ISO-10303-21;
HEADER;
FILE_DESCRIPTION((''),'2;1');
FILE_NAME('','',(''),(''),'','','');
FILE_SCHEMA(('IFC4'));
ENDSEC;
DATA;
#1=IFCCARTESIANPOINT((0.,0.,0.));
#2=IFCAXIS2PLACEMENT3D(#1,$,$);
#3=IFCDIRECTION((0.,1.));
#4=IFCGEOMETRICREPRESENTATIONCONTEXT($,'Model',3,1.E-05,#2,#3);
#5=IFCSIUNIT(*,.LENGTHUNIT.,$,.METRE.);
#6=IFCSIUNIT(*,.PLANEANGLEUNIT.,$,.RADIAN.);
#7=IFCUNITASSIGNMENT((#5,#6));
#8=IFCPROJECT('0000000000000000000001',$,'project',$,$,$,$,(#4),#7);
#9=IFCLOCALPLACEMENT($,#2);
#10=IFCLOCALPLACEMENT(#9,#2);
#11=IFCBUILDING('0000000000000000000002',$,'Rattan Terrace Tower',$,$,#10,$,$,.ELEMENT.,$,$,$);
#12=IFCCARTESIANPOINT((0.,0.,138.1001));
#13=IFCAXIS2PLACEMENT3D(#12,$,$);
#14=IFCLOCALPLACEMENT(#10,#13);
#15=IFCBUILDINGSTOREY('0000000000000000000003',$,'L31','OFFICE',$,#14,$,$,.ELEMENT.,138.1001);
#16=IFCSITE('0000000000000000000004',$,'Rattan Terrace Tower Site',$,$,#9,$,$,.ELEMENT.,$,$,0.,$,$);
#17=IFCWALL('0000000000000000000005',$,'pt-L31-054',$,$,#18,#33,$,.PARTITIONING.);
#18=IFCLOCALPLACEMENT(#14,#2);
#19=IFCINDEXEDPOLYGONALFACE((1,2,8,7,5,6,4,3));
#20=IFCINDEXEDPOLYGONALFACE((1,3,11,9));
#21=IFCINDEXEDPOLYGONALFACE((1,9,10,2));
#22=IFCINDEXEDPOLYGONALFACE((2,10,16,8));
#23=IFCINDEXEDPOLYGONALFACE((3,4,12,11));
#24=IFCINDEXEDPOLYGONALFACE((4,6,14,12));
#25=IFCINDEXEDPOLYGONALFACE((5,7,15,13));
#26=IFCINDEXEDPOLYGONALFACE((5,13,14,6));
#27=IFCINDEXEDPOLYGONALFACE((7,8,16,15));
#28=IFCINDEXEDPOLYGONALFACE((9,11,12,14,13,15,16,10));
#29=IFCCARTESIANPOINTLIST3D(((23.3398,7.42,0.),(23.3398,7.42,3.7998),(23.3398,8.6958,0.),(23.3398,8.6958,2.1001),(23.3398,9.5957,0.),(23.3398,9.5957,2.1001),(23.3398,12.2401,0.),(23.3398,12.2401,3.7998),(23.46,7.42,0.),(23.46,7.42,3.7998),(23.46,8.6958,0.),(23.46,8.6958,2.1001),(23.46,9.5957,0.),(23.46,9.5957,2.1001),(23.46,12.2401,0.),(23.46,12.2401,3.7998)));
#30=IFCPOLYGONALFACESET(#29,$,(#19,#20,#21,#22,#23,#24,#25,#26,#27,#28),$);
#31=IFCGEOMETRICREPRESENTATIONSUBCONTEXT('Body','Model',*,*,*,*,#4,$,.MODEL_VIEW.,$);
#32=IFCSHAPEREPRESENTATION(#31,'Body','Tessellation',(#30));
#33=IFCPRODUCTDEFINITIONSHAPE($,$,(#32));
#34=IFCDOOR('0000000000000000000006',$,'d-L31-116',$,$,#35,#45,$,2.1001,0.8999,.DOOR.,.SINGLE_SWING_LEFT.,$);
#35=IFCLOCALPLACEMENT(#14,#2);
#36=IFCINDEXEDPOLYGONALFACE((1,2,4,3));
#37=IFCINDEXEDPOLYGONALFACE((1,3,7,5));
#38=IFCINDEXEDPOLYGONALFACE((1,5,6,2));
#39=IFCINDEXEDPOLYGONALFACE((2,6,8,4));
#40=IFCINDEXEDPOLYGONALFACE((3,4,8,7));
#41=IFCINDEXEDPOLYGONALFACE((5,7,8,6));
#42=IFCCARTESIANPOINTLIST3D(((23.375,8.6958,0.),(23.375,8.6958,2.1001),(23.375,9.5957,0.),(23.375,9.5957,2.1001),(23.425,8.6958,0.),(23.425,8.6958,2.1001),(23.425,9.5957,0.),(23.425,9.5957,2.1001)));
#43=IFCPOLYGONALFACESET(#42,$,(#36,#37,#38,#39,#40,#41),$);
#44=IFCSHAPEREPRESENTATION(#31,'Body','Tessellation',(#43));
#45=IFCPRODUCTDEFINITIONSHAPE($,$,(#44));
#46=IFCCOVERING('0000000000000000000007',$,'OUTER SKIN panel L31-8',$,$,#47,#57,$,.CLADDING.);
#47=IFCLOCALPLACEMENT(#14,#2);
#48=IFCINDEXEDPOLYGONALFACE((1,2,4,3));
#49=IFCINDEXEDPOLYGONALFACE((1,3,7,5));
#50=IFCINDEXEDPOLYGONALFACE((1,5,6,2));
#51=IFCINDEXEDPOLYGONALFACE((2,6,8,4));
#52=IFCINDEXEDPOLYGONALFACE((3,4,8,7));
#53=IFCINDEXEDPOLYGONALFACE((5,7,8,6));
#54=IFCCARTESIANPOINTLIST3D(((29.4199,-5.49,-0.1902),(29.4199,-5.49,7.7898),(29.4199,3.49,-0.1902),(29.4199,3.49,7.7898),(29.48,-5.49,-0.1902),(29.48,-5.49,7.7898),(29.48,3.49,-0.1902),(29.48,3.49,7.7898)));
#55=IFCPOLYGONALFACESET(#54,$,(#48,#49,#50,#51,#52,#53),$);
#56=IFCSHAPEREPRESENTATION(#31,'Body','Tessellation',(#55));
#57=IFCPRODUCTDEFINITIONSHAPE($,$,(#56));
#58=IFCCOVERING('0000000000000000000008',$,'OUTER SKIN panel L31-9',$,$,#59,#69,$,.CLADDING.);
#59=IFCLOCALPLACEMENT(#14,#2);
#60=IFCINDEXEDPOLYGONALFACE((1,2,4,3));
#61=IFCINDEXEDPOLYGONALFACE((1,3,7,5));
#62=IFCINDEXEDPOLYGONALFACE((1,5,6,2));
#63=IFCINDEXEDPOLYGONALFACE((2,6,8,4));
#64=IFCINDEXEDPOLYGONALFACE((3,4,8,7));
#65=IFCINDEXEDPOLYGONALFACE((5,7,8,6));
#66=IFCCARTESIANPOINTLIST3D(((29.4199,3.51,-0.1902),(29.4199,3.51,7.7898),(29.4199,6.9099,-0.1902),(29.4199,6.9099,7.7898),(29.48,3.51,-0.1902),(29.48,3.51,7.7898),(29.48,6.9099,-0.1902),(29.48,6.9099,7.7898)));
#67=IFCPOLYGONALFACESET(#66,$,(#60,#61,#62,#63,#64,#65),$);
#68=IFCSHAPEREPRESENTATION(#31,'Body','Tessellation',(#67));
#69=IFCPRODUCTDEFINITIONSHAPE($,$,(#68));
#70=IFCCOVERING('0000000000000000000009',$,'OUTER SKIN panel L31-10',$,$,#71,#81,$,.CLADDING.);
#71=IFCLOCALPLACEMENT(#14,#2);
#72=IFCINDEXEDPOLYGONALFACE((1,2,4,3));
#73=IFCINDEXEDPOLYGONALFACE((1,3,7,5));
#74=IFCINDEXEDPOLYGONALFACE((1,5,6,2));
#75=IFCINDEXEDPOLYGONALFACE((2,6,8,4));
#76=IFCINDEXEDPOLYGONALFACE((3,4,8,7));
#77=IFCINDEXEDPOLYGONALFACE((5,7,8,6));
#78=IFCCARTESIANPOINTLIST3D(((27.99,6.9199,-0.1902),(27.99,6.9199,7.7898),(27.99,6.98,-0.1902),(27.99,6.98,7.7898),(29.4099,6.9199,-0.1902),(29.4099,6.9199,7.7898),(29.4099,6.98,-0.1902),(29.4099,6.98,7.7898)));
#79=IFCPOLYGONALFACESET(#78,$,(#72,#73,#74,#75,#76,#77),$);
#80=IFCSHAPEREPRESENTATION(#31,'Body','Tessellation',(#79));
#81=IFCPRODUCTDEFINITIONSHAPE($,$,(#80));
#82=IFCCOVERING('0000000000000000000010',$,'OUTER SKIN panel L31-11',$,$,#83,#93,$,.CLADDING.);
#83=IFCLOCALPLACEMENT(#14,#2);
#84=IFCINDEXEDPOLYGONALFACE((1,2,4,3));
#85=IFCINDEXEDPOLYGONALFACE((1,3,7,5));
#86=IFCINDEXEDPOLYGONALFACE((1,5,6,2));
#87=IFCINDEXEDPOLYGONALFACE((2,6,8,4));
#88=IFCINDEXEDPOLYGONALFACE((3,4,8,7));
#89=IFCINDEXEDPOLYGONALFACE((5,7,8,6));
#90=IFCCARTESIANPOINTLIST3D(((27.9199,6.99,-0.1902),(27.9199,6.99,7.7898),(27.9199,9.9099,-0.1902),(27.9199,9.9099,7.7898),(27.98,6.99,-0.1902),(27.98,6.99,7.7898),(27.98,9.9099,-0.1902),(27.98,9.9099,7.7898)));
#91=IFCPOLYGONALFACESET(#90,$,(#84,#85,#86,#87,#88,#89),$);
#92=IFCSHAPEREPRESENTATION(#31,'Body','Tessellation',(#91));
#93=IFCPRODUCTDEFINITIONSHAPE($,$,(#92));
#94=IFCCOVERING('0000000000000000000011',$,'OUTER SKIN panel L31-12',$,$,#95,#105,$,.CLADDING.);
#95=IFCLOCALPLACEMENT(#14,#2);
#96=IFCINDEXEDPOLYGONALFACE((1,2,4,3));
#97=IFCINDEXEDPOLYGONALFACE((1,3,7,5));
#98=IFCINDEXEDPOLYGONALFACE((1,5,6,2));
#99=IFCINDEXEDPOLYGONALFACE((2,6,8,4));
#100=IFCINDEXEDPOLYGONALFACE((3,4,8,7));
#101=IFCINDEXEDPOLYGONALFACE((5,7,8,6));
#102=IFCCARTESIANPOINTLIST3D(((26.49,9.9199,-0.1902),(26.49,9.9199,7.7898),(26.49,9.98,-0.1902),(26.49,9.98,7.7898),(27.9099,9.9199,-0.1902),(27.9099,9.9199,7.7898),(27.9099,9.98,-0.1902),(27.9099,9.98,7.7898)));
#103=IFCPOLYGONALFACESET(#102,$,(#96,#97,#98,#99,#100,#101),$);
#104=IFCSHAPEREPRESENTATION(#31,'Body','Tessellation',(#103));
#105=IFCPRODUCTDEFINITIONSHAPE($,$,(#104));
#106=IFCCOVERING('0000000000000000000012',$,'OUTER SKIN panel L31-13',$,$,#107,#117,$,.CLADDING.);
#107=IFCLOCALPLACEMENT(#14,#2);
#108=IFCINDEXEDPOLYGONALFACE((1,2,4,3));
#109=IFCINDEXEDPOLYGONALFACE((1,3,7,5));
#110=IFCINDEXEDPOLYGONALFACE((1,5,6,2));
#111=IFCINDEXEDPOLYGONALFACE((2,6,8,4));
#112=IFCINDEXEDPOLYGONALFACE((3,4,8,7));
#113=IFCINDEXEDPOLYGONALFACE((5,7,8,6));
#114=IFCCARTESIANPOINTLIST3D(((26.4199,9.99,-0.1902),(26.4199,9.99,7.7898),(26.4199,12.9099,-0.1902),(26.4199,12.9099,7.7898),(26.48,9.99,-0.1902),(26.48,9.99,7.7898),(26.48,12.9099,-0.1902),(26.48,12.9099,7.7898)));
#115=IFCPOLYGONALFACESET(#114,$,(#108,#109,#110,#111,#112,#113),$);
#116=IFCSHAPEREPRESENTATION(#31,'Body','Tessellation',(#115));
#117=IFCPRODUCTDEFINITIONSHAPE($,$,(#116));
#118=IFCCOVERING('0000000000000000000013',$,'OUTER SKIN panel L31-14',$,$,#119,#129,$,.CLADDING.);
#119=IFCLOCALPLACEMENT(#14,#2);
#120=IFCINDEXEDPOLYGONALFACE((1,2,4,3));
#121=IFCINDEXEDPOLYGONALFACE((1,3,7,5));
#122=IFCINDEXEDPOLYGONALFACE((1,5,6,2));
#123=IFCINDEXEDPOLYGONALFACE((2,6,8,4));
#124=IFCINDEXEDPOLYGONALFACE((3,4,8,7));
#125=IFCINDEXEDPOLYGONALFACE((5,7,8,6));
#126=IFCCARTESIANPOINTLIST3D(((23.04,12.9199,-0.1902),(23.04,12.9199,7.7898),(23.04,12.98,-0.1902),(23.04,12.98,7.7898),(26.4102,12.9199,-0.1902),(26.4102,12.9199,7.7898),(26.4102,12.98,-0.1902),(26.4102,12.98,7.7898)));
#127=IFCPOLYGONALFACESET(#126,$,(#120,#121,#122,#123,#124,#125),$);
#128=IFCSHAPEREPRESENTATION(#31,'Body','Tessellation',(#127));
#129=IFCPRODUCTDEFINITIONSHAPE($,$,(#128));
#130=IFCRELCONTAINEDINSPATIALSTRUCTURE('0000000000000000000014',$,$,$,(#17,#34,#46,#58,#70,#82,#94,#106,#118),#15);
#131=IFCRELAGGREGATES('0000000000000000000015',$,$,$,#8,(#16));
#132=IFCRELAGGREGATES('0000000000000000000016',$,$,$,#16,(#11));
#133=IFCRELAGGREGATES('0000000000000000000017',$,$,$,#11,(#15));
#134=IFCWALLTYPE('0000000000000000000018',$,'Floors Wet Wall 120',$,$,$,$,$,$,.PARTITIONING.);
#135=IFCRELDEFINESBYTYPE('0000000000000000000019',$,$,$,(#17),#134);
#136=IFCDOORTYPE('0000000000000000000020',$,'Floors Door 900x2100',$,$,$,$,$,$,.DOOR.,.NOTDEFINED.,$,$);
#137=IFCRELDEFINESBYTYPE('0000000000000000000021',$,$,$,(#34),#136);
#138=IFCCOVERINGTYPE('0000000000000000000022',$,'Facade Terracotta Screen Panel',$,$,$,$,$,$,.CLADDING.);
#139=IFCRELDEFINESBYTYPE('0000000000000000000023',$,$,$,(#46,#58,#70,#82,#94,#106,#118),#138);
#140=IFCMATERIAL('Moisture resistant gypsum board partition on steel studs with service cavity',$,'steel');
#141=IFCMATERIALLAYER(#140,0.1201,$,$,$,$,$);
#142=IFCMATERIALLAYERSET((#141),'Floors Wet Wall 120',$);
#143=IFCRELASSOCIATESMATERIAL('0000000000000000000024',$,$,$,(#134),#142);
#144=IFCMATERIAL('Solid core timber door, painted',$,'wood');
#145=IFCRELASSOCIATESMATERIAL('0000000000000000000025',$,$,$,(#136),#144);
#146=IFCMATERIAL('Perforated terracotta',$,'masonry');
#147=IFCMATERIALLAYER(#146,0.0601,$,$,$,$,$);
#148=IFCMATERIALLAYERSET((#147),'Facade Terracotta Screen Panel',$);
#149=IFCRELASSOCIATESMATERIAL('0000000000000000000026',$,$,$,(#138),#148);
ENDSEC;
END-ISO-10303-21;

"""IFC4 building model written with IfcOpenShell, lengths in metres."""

from ifc_helpers import new_model, si_unit, direction, frame, frame_2d, origin, origin_2d, place, context, subcontext, project, spatial, rectangle, extrude, material, layer, layer_set, type_object, element, fill, save


model = new_model("IFC4")

# Units and contexts
model_context = context("Model", 3, precision=1e-05, world=origin(), true_north=direction((0.0, 1.0)))
body_context = subcontext(model_context, "Body", "Model", "MODEL_VIEW")
ifc_project = project(units=[si_unit("LENGTHUNIT", "METRE"), si_unit("PLANEANGLEUNIT", "RADIAN")], contexts=[model_context])

# Site, building, storey
site_placement = place(None, origin())
site = spatial("IfcSite", under=ifc_project, at=site_placement, Name="Rattan Terrace Tower Site", CompositionType="ELEMENT", RefElevation=0.0)
building_placement = place(site_placement, origin())
building = spatial("IfcBuilding", under=site, at=building_placement, Name="Rattan Terrace Tower", CompositionType="ELEMENT")
storey_placement = place(building_placement, frame((0.0, 0.0, 138.1001)))
storey = spatial("IfcBuildingStorey", under=building, at=storey_placement, Name="L31", Description="OFFICE", CompositionType="ELEMENT", Elevation=138.1001)

# Wall, opening, door
ifc_material_1 = material(Name="Moisture resistant gypsum board partition on steel studs with service cavity", Category="steel")
ifc_layer_1 = layer(ifc_material_1, 0.1201)
ifc_layer_set_1 = layer_set([ifc_layer_1], Name="Floors Wet Wall 120")
wall_type_1 = type_object("IfcWallType", Name="Floors Wet Wall 120", PredefinedType="PARTITIONING", material=ifc_layer_set_1)
wall_1_placement = place(storey_placement, frame((23.3999, 7.4199, 0.0), z_axis=(0.0, 0.0, 1.0), x_axis=(0.0, 1.0, 0.0)))
wall_1 = element("IfcWall", 1, at=wall_1_placement, inside=storey, type_object=wall_type_1, Name="pt-L31-054", PredefinedType="PARTITIONING", context=body_context, shape_type="SweptSolid", body=[
    extrude(rectangle(XDim=4.8201, YDim=0.1201, at=frame_2d((2.4102, 0.0))), origin(), (0.0, 0.0, 1.0), 3.7998),
])
opening_placement = place(wall_1_placement, frame((1.2759, 0.0, 0.0)))
opening = element("IfcOpeningElement", 2, at=opening_placement, cuts=wall_1, PredefinedType="OPENING", context=body_context, shape_type="SweptSolid", body=[
    extrude(rectangle(XDim=0.8999, YDim=2.1001, at=frame_2d((0.45, 1.05))), frame((0.0, 0.0706, 0.0), z_axis=(0.0, -1.0, 0.0), x_axis=(1.0, 0.0, 0.0)), (0.0, 0.0, 1.0), 0.1411),
])
ifc_material_2 = material(Name="Solid core timber door, painted", Category="wood")
door_type = type_object("IfcDoorType", Name="Floors Door 900x2100", OperationType="NOTDEFINED", PredefinedType="DOOR", material=ifc_material_2)
door_placement = place(opening_placement, origin())
door = element("IfcDoor", 3, at=door_placement, inside=storey, type_object=door_type, Name="d-L31-116", OperationType="SINGLE_SWING_LEFT", OverallHeight=2.1001, OverallWidth=0.8999, PredefinedType="DOOR", context=body_context, shape_type="SweptSolid", body=[
    extrude(rectangle(XDim=0.8999, YDim=2.1001, at=frame_2d((0.45, 1.05))), frame((0.0, 0.0249, 0.0), z_axis=(0.0, -1.0, 0.0), x_axis=(1.0, 0.0, 0.0)), (0.0, 0.0, 1.0), 0.05),
])
fill(opening, door)

# Coverings
ifc_material_3 = material(Name="Perforated terracotta", Category="masonry")
ifc_layer_2 = layer(ifc_material_3, 0.0601)
ifc_layer_set_2 = layer_set([ifc_layer_2], Name="Facade Terracotta Screen Panel")
covering_type = type_object("IfcCoveringType", Name="Facade Terracotta Screen Panel", PredefinedType="CLADDING", material=ifc_layer_set_2)
covering_1_placement = place(storey_placement, frame((29.45, -1.0, -0.1902), z_axis=(0.0, 0.0, 1.0), x_axis=(0.0, 1.0, 0.0)))
element("IfcCovering", 4, at=covering_1_placement, inside=storey, type_object=covering_type, Name="OUTER SKIN panel L31-8", PredefinedType="CLADDING", context=body_context, shape_type="SweptSolid", body=[
    extrude(rectangle(XDim=8.98, YDim=0.0601, at=origin_2d()), origin(), (0.0, 0.0, 1.0), 7.98),
])
covering_2_placement = place(storey_placement, frame((29.45, 5.21, -0.1902), z_axis=(0.0, 0.0, 1.0), x_axis=(0.0, 1.0, 0.0)))
element("IfcCovering", 5, at=covering_2_placement, inside=storey, type_object=covering_type, Name="OUTER SKIN panel L31-9", PredefinedType="CLADDING", context=body_context, shape_type="SweptSolid", body=[
    extrude(rectangle(XDim=3.3999, YDim=0.0601, at=origin_2d()), origin(), (0.0, 0.0, 1.0), 7.98),
])
covering_3_placement = place(storey_placement, frame((28.7, 6.95, -0.1902), z_axis=(0.0, 0.0, 1.0), x_axis=(-1.0, 0.0, 0.0)))
element("IfcCovering", 6, at=covering_3_placement, inside=storey, type_object=covering_type, Name="OUTER SKIN panel L31-10", PredefinedType="CLADDING", context=body_context, shape_type="SweptSolid", body=[
    extrude(rectangle(XDim=1.4199, YDim=0.0601, at=origin_2d()), origin(), (0.0, 0.0, 1.0), 7.98),
])
covering_4_placement = place(storey_placement, frame((27.95, 8.45, -0.1902), z_axis=(0.0, 0.0, 1.0), x_axis=(0.0, 1.0, 0.0)))
element("IfcCovering", 7, at=covering_4_placement, inside=storey, type_object=covering_type, Name="OUTER SKIN panel L31-11", PredefinedType="CLADDING", context=body_context, shape_type="SweptSolid", body=[
    extrude(rectangle(XDim=2.9199, YDim=0.0601, at=origin_2d()), origin(), (0.0, 0.0, 1.0), 7.98),
])
covering_5_placement = place(storey_placement, frame((27.2, 9.95, -0.1902), z_axis=(0.0, 0.0, 1.0), x_axis=(-1.0, 0.0, 0.0)))
element("IfcCovering", 8, at=covering_5_placement, inside=storey, type_object=covering_type, Name="OUTER SKIN panel L31-12", PredefinedType="CLADDING", context=body_context, shape_type="SweptSolid", body=[
    extrude(rectangle(XDim=1.4199, YDim=0.0601, at=origin_2d()), origin(), (0.0, 0.0, 1.0), 7.98),
])
covering_6_placement = place(storey_placement, frame((26.45, 11.45, -0.1902), z_axis=(0.0, 0.0, 1.0), x_axis=(0.0, 1.0, 0.0)))
element("IfcCovering", 9, at=covering_6_placement, inside=storey, type_object=covering_type, Name="OUTER SKIN panel L31-13", PredefinedType="CLADDING", context=body_context, shape_type="SweptSolid", body=[
    extrude(rectangle(XDim=2.9199, YDim=0.0601, at=origin_2d()), origin(), (0.0, 0.0, 1.0), 7.98),
])
covering_7_placement = place(storey_placement, frame((24.7251, 12.95, -0.1902), z_axis=(0.0, 0.0, 1.0), x_axis=(-1.0, 0.0, 0.0)))
element("IfcCovering", 10, at=covering_7_placement, inside=storey, type_object=covering_type, Name="OUTER SKIN panel L31-14", PredefinedType="CLADDING", context=body_context, shape_type="SweptSolid", body=[
    extrude(rectangle(XDim=3.3701, YDim=0.0601, at=origin_2d()), origin(), (0.0, 0.0, 1.0), 7.98),
])

save(model, "model.ifc")
